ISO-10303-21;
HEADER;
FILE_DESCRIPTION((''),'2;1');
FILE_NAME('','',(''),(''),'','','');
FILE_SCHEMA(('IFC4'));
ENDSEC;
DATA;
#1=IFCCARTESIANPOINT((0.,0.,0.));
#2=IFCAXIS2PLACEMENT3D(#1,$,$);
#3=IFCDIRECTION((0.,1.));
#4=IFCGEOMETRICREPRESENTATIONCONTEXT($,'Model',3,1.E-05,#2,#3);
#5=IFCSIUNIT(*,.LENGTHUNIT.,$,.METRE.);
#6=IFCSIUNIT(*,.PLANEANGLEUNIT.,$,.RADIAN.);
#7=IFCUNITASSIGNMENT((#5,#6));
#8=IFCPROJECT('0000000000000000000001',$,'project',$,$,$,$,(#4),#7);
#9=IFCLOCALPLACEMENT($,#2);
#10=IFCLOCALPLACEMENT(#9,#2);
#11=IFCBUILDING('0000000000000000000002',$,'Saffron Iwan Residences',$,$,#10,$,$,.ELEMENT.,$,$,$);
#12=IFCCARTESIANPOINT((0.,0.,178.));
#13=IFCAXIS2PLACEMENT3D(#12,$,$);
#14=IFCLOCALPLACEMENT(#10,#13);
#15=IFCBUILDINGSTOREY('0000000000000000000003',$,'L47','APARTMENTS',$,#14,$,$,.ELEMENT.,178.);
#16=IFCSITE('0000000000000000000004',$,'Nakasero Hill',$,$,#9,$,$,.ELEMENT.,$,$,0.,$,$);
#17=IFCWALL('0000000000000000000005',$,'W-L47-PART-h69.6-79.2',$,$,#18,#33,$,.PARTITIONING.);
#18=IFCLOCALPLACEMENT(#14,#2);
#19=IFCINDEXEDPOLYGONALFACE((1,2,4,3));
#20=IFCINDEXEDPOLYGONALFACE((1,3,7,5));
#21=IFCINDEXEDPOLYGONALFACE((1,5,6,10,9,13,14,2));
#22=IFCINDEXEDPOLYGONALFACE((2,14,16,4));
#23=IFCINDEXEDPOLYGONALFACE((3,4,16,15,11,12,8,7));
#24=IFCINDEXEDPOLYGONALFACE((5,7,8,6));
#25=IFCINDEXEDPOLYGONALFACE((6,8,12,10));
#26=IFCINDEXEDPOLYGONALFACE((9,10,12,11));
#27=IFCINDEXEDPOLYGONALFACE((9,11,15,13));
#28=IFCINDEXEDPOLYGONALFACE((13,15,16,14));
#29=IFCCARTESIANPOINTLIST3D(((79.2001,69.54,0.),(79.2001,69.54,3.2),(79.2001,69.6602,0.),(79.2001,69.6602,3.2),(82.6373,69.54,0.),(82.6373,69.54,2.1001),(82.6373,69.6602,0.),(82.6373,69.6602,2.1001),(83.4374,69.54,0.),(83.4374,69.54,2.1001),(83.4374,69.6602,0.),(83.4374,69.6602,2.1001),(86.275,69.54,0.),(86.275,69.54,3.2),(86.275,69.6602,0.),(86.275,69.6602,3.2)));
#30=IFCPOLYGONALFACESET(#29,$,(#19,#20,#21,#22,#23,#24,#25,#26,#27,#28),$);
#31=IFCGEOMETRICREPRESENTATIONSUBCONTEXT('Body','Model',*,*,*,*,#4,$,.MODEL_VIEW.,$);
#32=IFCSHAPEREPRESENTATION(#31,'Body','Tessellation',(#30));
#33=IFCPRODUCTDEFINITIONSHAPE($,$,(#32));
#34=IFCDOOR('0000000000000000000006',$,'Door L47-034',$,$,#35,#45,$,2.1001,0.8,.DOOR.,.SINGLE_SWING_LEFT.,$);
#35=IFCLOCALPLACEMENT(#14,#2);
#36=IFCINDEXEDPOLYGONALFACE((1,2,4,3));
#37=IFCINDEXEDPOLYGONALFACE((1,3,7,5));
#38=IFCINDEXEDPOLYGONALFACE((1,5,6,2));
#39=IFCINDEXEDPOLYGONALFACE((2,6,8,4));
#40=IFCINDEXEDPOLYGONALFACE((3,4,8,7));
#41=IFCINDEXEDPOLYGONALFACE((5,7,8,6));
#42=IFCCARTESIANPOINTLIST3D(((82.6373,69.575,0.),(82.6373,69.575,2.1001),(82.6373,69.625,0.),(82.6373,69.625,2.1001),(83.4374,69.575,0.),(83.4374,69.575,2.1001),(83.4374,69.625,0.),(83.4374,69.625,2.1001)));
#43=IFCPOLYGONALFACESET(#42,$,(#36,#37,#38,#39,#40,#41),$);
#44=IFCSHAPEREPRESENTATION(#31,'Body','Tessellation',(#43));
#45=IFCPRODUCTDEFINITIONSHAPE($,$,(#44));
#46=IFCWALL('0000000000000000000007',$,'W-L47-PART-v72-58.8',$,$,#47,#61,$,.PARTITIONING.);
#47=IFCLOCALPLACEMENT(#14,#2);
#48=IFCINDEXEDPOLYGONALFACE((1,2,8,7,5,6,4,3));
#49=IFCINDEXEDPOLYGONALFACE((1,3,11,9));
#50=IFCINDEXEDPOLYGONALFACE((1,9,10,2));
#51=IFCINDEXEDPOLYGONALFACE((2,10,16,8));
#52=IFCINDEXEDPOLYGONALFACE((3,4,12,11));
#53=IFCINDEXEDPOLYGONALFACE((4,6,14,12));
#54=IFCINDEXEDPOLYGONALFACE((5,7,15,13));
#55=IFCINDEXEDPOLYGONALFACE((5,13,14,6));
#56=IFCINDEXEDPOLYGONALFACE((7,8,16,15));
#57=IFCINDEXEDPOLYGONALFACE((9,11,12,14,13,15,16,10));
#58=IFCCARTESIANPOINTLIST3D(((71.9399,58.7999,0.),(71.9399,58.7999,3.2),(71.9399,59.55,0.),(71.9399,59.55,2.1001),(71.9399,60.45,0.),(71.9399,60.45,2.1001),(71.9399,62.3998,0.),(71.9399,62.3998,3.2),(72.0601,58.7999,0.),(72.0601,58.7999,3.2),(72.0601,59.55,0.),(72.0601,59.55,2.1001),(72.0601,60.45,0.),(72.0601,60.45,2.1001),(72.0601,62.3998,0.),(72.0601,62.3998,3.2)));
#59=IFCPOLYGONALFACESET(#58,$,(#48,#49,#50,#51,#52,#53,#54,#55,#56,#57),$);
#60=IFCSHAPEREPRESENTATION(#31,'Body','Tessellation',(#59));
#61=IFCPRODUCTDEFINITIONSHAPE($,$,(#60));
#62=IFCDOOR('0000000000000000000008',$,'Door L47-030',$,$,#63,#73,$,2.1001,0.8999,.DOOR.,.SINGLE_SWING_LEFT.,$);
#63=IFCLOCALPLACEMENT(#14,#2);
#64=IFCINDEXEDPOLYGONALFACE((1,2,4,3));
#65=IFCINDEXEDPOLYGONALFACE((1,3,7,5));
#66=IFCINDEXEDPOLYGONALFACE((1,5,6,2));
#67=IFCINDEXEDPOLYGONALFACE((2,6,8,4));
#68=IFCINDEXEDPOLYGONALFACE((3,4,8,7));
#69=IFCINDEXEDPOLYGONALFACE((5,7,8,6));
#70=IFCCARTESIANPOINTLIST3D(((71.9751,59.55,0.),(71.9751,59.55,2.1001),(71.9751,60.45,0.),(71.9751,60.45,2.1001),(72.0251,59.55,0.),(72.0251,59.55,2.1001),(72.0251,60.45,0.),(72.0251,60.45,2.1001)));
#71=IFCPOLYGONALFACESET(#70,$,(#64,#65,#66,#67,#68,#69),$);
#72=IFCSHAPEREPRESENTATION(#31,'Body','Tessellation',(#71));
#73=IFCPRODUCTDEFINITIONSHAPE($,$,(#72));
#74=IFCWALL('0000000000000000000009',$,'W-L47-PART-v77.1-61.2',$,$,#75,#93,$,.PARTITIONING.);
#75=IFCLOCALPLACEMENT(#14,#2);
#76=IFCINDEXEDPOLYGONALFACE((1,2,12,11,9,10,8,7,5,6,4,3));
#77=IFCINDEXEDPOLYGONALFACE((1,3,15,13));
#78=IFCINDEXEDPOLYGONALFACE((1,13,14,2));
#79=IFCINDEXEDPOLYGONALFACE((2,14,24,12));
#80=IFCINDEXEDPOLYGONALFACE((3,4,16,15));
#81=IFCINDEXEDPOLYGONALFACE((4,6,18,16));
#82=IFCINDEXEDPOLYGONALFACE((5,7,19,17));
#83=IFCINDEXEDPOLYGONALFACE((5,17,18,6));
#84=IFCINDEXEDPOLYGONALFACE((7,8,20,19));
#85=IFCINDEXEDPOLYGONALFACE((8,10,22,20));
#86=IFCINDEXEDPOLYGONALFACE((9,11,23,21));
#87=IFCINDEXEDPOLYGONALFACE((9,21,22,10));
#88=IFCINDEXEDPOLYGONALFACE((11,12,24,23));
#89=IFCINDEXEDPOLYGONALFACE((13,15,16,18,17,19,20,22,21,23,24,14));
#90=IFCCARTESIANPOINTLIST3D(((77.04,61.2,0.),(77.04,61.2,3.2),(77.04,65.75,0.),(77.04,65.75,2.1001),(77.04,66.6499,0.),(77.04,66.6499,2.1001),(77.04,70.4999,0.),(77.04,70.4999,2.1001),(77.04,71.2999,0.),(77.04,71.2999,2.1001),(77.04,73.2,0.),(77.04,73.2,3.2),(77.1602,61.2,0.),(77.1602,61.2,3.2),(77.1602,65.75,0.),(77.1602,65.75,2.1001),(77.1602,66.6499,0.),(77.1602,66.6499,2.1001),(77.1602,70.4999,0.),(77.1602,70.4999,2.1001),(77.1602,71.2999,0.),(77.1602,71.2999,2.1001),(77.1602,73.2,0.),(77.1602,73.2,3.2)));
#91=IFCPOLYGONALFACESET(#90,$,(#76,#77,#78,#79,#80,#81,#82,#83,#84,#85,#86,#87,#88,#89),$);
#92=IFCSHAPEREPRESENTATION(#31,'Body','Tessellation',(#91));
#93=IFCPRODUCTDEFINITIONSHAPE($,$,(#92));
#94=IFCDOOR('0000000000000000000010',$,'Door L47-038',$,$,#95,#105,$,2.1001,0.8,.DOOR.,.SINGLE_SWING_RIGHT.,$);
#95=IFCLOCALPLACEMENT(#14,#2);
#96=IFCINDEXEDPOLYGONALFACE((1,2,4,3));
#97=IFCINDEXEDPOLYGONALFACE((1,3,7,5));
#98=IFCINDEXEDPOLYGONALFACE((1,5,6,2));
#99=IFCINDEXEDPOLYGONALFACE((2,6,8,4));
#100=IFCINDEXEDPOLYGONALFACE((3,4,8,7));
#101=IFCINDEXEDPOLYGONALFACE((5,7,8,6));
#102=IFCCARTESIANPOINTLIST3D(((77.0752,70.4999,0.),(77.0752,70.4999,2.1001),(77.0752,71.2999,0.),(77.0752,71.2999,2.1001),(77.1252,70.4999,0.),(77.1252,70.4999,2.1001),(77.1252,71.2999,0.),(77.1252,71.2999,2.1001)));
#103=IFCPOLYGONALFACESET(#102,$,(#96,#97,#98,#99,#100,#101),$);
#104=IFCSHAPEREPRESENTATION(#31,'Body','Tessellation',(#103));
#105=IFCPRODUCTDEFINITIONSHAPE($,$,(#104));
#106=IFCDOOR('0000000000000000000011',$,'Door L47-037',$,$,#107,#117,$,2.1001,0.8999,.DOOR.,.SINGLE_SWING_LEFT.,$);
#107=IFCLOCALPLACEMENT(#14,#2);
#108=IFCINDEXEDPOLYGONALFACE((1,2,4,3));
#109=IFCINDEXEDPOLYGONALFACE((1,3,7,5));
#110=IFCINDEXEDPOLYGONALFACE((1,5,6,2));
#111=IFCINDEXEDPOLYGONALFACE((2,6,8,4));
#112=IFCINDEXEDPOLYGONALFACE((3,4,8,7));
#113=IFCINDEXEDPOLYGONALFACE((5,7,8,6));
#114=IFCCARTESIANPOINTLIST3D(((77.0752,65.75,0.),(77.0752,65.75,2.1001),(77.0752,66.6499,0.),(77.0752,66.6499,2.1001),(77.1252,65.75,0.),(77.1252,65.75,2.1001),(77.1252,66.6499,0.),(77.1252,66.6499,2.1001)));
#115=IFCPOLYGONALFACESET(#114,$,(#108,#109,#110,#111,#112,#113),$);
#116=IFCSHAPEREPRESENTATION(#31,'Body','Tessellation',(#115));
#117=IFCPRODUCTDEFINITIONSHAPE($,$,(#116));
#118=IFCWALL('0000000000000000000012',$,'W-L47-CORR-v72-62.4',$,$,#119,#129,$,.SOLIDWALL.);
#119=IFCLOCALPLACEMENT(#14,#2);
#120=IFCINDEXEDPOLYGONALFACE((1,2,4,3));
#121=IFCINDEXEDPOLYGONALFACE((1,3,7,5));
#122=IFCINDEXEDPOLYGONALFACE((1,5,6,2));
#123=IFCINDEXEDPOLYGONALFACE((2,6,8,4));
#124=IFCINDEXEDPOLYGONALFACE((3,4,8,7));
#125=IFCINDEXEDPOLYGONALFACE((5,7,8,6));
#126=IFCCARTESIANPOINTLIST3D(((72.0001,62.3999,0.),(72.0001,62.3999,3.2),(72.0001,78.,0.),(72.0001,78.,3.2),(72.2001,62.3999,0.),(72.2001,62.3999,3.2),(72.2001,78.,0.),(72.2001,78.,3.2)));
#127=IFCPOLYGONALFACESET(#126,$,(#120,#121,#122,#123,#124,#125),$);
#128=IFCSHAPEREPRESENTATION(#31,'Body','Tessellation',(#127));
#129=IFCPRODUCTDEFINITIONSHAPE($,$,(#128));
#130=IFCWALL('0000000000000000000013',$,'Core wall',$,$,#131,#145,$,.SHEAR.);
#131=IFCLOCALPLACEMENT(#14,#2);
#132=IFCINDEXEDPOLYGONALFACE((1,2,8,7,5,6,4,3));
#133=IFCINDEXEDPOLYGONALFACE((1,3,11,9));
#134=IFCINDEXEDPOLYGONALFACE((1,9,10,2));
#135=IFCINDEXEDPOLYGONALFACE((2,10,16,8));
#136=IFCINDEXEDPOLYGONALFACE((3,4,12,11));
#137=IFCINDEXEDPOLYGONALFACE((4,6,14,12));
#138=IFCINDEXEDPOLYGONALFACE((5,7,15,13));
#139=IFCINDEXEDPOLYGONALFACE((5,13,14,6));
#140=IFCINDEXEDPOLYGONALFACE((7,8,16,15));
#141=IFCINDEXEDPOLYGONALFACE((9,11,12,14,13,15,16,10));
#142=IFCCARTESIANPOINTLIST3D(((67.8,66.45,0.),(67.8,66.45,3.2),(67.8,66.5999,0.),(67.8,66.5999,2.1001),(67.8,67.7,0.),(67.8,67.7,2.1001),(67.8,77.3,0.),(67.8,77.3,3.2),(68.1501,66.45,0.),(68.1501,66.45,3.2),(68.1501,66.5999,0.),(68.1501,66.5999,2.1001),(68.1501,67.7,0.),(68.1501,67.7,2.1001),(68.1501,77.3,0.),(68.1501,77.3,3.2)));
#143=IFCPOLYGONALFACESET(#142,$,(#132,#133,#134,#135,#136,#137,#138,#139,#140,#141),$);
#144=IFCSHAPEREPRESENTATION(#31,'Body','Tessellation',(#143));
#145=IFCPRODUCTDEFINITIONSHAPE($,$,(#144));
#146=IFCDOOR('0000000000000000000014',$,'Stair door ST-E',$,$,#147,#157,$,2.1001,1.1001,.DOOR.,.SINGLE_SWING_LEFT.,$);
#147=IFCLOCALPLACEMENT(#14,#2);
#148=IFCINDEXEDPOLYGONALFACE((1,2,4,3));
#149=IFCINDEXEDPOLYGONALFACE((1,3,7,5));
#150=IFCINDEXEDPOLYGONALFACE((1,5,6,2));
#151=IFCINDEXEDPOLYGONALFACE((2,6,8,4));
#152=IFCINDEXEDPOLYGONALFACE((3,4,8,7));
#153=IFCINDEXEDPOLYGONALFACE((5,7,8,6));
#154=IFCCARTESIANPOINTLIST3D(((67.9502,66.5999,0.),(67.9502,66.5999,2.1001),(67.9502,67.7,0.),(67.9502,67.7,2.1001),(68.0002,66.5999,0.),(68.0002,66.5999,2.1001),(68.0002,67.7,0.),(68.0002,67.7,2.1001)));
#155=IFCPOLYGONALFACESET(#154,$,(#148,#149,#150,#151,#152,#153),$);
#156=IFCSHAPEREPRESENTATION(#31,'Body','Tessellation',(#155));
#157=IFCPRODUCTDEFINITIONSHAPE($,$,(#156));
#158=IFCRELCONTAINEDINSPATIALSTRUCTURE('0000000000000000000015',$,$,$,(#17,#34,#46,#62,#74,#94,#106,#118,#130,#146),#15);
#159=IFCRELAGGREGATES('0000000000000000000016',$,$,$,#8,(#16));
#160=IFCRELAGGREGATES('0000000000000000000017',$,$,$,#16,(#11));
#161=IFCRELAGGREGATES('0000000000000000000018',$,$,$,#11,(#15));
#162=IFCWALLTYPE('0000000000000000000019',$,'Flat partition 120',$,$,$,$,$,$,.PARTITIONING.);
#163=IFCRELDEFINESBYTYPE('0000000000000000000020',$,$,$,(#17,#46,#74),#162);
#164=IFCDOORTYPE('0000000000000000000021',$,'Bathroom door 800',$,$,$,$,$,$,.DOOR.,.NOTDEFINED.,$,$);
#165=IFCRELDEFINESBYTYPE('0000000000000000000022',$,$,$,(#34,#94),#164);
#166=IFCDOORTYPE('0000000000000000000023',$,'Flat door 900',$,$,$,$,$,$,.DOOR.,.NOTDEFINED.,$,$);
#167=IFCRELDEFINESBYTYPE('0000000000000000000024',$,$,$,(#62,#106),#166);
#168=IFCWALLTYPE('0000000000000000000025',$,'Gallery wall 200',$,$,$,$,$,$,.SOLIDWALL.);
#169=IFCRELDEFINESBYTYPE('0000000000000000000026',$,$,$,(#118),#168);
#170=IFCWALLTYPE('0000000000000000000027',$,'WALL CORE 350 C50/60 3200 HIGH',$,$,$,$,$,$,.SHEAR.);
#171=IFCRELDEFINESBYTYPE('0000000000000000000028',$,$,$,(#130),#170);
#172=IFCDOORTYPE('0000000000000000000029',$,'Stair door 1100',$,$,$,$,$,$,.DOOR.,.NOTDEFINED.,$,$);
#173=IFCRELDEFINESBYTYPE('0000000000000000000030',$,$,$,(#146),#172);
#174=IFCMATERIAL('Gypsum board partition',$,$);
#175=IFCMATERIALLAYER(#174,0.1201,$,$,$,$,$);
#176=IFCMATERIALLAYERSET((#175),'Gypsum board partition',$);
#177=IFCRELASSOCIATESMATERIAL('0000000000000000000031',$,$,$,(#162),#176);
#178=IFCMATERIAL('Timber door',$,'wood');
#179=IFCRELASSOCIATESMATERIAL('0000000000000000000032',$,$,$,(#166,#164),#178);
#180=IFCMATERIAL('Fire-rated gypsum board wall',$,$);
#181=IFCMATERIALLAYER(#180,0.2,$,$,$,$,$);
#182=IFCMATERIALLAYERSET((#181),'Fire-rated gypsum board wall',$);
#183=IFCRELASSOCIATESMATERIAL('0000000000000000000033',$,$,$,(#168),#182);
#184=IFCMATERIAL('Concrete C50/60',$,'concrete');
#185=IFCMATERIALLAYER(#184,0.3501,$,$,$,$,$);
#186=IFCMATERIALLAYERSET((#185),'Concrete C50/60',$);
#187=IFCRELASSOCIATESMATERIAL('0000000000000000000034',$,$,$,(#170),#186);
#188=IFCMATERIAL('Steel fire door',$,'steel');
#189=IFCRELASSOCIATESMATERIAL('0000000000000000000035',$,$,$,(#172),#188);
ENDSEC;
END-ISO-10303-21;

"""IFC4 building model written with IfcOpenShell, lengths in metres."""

from ifc_helpers import new_model, si_unit, direction, frame, frame_2d, origin, place, context, subcontext, project, spatial, rectangle, extrude, material, layer, layer_set, type_object, element, fill, save


model = new_model("IFC4")

# Units and contexts
model_context = context("Model", 3, precision=1e-05, world=origin(), true_north=direction((0.0, 1.0)))
body_context = subcontext(model_context, "Body", "Model", "MODEL_VIEW")
ifc_project = project(units=[si_unit("LENGTHUNIT", "METRE"), si_unit("PLANEANGLEUNIT", "RADIAN")], contexts=[model_context])

# Site, building, storey
site_placement = place(None, origin())
site = spatial("IfcSite", under=ifc_project, at=site_placement, Name="Nakasero Hill", CompositionType="ELEMENT", RefElevation=0.0)
building_placement = place(site_placement, origin())
building = spatial("IfcBuilding", under=site, at=building_placement, Name="Saffron Iwan Residences", CompositionType="ELEMENT")
storey_placement = place(building_placement, frame((0.0, 0.0, 178.0)))
storey = spatial("IfcBuildingStorey", under=building, at=storey_placement, Name="L47", Description="APARTMENTS", CompositionType="ELEMENT", Elevation=178.0)

# Shared definitions
ifc_material_1 = material(Name="Concrete C50/60", Category="concrete")

# Shared definitions
ifc_material_2 = material(Name="Fire-rated gypsum board wall")

# Shared definitions
ifc_material_3 = material(Name="Gypsum board partition")
ifc_layer_1 = layer(ifc_material_3, 0.1201)
ifc_layer_set_1 = layer_set([ifc_layer_1], Name="Gypsum board partition")
wall_type_1 = type_object("IfcWallType", Name="Flat partition 120", PredefinedType="PARTITIONING", material=ifc_layer_set_1)
ifc_material_4 = material(Name="Timber door", Category="wood")
door_type_1 = type_object("IfcDoorType", Name="Flat door 900", OperationType="NOTDEFINED", PredefinedType="DOOR", material=ifc_material_4)

# Walls, openings, doors
wall_1_placement = place(storey_placement, frame((79.2, 69.6001, 0.0), z_axis=(0.0, 0.0, 1.0), x_axis=(1.0, 0.0, 0.0)))
wall_1 = element("IfcWall", 1, at=wall_1_placement, inside=storey, type_object=wall_type_1, Name="W-L47-PART-h69.6-79.2", PredefinedType="PARTITIONING", context=body_context, shape_type="SweptSolid", body=[
    extrude(rectangle(XDim=7.075, YDim=0.1201, at=frame_2d((3.5376, 0.0))), origin(), (0.0, 0.0, 1.0), 3.2),
])
opening_1_placement = place(wall_1_placement, frame((3.4375, 0.0, 0.0)))
opening_1 = element("IfcOpeningElement", 2, at=opening_1_placement, cuts=wall_1, PredefinedType="OPENING", context=body_context, shape_type="SweptSolid", body=[
    extrude(rectangle(XDim=0.8, YDim=2.1001, at=frame_2d((0.3999, 1.05))), frame((0.0, 0.0701, 0.0), z_axis=(0.0, -1.0, 0.0), x_axis=(1.0, 0.0, 0.0)), (0.0, 0.0, 1.0), 0.1401),
])
door_type_2 = type_object("IfcDoorType", Name="Bathroom door 800", OperationType="NOTDEFINED", PredefinedType="DOOR", material=ifc_material_4)
door_1_placement = place(opening_1_placement, origin())
door_1 = element("IfcDoor", 3, at=door_1_placement, inside=storey, type_object=door_type_2, Name="Door L47-034", OperationType="SINGLE_SWING_LEFT", OverallHeight=2.1001, OverallWidth=0.8, PredefinedType="DOOR", context=body_context, shape_type="SweptSolid", body=[
    extrude(rectangle(XDim=0.8, YDim=2.1001, at=frame_2d((0.3999, 1.05))), frame((0.0, 0.0249, 0.0), z_axis=(0.0, -1.0, 0.0), x_axis=(1.0, 0.0, 0.0)), (0.0, 0.0, 1.0), 0.05),
])
fill(opening_1, door_1)
wall_2_placement = place(storey_placement, frame((72.0, 58.8, 0.0), z_axis=(0.0, 0.0, 1.0), x_axis=(0.0, 1.0, 0.0)))
wall_2 = element("IfcWall", 4, at=wall_2_placement, inside=storey, type_object=wall_type_1, Name="W-L47-PART-v72-58.8", PredefinedType="PARTITIONING", context=body_context, shape_type="SweptSolid", body=[
    extrude(rectangle(XDim=3.5999, YDim=0.1201, at=frame_2d((1.7998, 0.0))), origin(), (0.0, 0.0, 1.0), 3.2),
])
opening_2_placement = place(wall_2_placement, frame((0.75, 0.0, 0.0)))
opening_2 = element("IfcOpeningElement", 5, at=opening_2_placement, cuts=wall_2, PredefinedType="OPENING", context=body_context, shape_type="SweptSolid", body=[
    extrude(rectangle(XDim=0.8999, YDim=2.1001, at=frame_2d((0.45, 1.05))), frame((0.0, 0.0701, 0.0), z_axis=(0.0, -1.0, 0.0), x_axis=(1.0, 0.0, 0.0)), (0.0, 0.0, 1.0), 0.1401),
])
door_2_placement = place(opening_2_placement, origin())
door_2 = element("IfcDoor", 6, at=door_2_placement, inside=storey, type_object=door_type_1, Name="Door L47-030", OperationType="SINGLE_SWING_LEFT", OverallHeight=2.1001, OverallWidth=0.8999, PredefinedType="DOOR", context=body_context, shape_type="SweptSolid", body=[
    extrude(rectangle(XDim=0.8999, YDim=2.1001, at=frame_2d((0.45, 1.05))), frame((0.0, 0.0249, 0.0), z_axis=(0.0, -1.0, 0.0), x_axis=(1.0, 0.0, 0.0)), (0.0, 0.0, 1.0), 0.05),
])
fill(opening_2, door_2)

# Wall, openings, doors
wall_3_placement = place(storey_placement, frame((77.1001, 61.2, 0.0), z_axis=(0.0, 0.0, 1.0), x_axis=(0.0, 1.0, 0.0)))
wall_3 = element("IfcWall", 7, at=wall_3_placement, inside=storey, type_object=wall_type_1, Name="W-L47-PART-v77.1-61.2", PredefinedType="PARTITIONING", context=body_context, shape_type="SweptSolid", body=[
    extrude(rectangle(XDim=12.0, YDim=0.1201, at=frame_2d((6.0, 0.0))), origin(), (0.0, 0.0, 1.0), 3.2),
])
opening_3_placement = place(wall_3_placement, frame((4.55, 0.0, 0.0)))
opening_3 = element("IfcOpeningElement", 8, at=opening_3_placement, cuts=wall_3, PredefinedType="OPENING", context=body_context, shape_type="SweptSolid", body=[
    extrude(rectangle(XDim=0.8999, YDim=2.1001, at=frame_2d((0.45, 1.05))), frame((0.0, 0.0701, 0.0), z_axis=(0.0, -1.0, 0.0), x_axis=(1.0, 0.0, 0.0)), (0.0, 0.0, 1.0), 0.1401),
])
opening_4_placement = place(wall_3_placement, frame((9.3, 0.0, 0.0)))
opening_4 = element("IfcOpeningElement", 9, at=opening_4_placement, cuts=wall_3, PredefinedType="OPENING", context=body_context, shape_type="SweptSolid", body=[
    extrude(rectangle(XDim=0.8, YDim=2.1001, at=frame_2d((0.3999, 1.05))), frame((0.0, 0.0701, 0.0), z_axis=(0.0, -1.0, 0.0), x_axis=(1.0, 0.0, 0.0)), (0.0, 0.0, 1.0), 0.1401),
])
door_3_placement = place(opening_4_placement, origin())
door_3 = element("IfcDoor", 10, at=door_3_placement, inside=storey, type_object=door_type_2, Name="Door L47-038", OperationType="SINGLE_SWING_RIGHT", OverallHeight=2.1001, OverallWidth=0.8, PredefinedType="DOOR", context=body_context, shape_type="SweptSolid", body=[
    extrude(rectangle(XDim=0.8, YDim=2.1001, at=frame_2d((0.3999, 1.05))), frame((0.0, 0.0249, 0.0), z_axis=(0.0, -1.0, 0.0), x_axis=(1.0, 0.0, 0.0)), (0.0, 0.0, 1.0), 0.05),
])
fill(opening_4, door_3)
door_4_placement = place(opening_3_placement, origin())
door_4 = element("IfcDoor", 11, at=door_4_placement, inside=storey, type_object=door_type_1, Name="Door L47-037", OperationType="SINGLE_SWING_LEFT", OverallHeight=2.1001, OverallWidth=0.8999, PredefinedType="DOOR", context=body_context, shape_type="SweptSolid", body=[
    extrude(rectangle(XDim=0.8999, YDim=2.1001, at=frame_2d((0.45, 1.05))), frame((0.0, 0.0249, 0.0), z_axis=(0.0, -1.0, 0.0), x_axis=(1.0, 0.0, 0.0)), (0.0, 0.0, 1.0), 0.05),
])
fill(opening_3, door_4)

# Wall
ifc_layer_2 = layer(ifc_material_2, 0.2)
ifc_layer_set_2 = layer_set([ifc_layer_2], Name="Fire-rated gypsum board wall")
wall_type_2 = type_object("IfcWallType", Name="Gallery wall 200", PredefinedType="SOLIDWALL", material=ifc_layer_set_2)
wall_4_placement = place(storey_placement, frame((72.1001, 62.3999, 0.0), z_axis=(0.0, 0.0, 1.0), x_axis=(0.0, 1.0, 0.0)))
element("IfcWall", 12, at=wall_4_placement, inside=storey, type_object=wall_type_2, Name="W-L47-CORR-v72-62.4", PredefinedType="SOLIDWALL", context=body_context, shape_type="SweptSolid", body=[
    extrude(rectangle(XDim=15.6001, YDim=0.2, at=frame_2d((7.8, 0.0))), origin(), (0.0, 0.0, 1.0), 3.2),
])

# Wall, opening, door
ifc_layer_3 = layer(ifc_material_1, 0.3501)
ifc_layer_set_3 = layer_set([ifc_layer_3], Name="Concrete C50/60")
wall_type_3 = type_object("IfcWallType", Name="WALL CORE 350 C50/60 3200 HIGH", PredefinedType="SHEAR", material=ifc_layer_set_3)
wall_5_placement = place(storey_placement, frame((67.9751, 66.45, 0.0), z_axis=(0.0, 0.0, 1.0), x_axis=(0.0, 1.0, 0.0)))
wall_5 = element("IfcWall", 13, at=wall_5_placement, inside=storey, type_object=wall_type_3, Name="Core wall", PredefinedType="SHEAR", context=body_context, shape_type="SweptSolid", body=[
    extrude(rectangle(XDim=10.8501, YDim=0.3501, at=frame_2d((5.425, 0.0))), origin(), (0.0, 0.0, 1.0), 3.2),
])
opening_5_placement = place(wall_5_placement, frame((0.1499, 0.0, 0.0)))
opening_5 = element("IfcOpeningElement", 14, at=opening_5_placement, cuts=wall_5, PredefinedType="OPENING", context=body_context, shape_type="SweptSolid", body=[
    extrude(rectangle(XDim=1.1001, YDim=2.1001, at=frame_2d((0.55, 1.05))), frame((0.0, 0.1851, 0.0), z_axis=(0.0, -1.0, 0.0), x_axis=(1.0, 0.0, 0.0)), (0.0, 0.0, 1.0), 0.3701),
])
ifc_material_5 = material(Name="Steel fire door", Category="steel")
door_type_3 = type_object("IfcDoorType", Name="Stair door 1100", OperationType="NOTDEFINED", PredefinedType="DOOR", material=ifc_material_5)
door_5_placement = place(opening_5_placement, origin())
door_5 = element("IfcDoor", 15, at=door_5_placement, inside=storey, type_object=door_type_3, Name="Stair door ST-E", OperationType="SINGLE_SWING_LEFT", OverallHeight=2.1001, OverallWidth=1.1001, PredefinedType="DOOR", context=body_context, shape_type="SweptSolid", body=[
    extrude(rectangle(XDim=1.1001, YDim=2.1001, at=frame_2d((0.55, 1.05))), frame((0.0, 0.0249, 0.0), z_axis=(0.0, -1.0, 0.0), x_axis=(1.0, 0.0, 0.0)), (0.0, 0.0, 1.0), 0.05),
])
fill(opening_5, door_5)

save(model, "model.ifc")
